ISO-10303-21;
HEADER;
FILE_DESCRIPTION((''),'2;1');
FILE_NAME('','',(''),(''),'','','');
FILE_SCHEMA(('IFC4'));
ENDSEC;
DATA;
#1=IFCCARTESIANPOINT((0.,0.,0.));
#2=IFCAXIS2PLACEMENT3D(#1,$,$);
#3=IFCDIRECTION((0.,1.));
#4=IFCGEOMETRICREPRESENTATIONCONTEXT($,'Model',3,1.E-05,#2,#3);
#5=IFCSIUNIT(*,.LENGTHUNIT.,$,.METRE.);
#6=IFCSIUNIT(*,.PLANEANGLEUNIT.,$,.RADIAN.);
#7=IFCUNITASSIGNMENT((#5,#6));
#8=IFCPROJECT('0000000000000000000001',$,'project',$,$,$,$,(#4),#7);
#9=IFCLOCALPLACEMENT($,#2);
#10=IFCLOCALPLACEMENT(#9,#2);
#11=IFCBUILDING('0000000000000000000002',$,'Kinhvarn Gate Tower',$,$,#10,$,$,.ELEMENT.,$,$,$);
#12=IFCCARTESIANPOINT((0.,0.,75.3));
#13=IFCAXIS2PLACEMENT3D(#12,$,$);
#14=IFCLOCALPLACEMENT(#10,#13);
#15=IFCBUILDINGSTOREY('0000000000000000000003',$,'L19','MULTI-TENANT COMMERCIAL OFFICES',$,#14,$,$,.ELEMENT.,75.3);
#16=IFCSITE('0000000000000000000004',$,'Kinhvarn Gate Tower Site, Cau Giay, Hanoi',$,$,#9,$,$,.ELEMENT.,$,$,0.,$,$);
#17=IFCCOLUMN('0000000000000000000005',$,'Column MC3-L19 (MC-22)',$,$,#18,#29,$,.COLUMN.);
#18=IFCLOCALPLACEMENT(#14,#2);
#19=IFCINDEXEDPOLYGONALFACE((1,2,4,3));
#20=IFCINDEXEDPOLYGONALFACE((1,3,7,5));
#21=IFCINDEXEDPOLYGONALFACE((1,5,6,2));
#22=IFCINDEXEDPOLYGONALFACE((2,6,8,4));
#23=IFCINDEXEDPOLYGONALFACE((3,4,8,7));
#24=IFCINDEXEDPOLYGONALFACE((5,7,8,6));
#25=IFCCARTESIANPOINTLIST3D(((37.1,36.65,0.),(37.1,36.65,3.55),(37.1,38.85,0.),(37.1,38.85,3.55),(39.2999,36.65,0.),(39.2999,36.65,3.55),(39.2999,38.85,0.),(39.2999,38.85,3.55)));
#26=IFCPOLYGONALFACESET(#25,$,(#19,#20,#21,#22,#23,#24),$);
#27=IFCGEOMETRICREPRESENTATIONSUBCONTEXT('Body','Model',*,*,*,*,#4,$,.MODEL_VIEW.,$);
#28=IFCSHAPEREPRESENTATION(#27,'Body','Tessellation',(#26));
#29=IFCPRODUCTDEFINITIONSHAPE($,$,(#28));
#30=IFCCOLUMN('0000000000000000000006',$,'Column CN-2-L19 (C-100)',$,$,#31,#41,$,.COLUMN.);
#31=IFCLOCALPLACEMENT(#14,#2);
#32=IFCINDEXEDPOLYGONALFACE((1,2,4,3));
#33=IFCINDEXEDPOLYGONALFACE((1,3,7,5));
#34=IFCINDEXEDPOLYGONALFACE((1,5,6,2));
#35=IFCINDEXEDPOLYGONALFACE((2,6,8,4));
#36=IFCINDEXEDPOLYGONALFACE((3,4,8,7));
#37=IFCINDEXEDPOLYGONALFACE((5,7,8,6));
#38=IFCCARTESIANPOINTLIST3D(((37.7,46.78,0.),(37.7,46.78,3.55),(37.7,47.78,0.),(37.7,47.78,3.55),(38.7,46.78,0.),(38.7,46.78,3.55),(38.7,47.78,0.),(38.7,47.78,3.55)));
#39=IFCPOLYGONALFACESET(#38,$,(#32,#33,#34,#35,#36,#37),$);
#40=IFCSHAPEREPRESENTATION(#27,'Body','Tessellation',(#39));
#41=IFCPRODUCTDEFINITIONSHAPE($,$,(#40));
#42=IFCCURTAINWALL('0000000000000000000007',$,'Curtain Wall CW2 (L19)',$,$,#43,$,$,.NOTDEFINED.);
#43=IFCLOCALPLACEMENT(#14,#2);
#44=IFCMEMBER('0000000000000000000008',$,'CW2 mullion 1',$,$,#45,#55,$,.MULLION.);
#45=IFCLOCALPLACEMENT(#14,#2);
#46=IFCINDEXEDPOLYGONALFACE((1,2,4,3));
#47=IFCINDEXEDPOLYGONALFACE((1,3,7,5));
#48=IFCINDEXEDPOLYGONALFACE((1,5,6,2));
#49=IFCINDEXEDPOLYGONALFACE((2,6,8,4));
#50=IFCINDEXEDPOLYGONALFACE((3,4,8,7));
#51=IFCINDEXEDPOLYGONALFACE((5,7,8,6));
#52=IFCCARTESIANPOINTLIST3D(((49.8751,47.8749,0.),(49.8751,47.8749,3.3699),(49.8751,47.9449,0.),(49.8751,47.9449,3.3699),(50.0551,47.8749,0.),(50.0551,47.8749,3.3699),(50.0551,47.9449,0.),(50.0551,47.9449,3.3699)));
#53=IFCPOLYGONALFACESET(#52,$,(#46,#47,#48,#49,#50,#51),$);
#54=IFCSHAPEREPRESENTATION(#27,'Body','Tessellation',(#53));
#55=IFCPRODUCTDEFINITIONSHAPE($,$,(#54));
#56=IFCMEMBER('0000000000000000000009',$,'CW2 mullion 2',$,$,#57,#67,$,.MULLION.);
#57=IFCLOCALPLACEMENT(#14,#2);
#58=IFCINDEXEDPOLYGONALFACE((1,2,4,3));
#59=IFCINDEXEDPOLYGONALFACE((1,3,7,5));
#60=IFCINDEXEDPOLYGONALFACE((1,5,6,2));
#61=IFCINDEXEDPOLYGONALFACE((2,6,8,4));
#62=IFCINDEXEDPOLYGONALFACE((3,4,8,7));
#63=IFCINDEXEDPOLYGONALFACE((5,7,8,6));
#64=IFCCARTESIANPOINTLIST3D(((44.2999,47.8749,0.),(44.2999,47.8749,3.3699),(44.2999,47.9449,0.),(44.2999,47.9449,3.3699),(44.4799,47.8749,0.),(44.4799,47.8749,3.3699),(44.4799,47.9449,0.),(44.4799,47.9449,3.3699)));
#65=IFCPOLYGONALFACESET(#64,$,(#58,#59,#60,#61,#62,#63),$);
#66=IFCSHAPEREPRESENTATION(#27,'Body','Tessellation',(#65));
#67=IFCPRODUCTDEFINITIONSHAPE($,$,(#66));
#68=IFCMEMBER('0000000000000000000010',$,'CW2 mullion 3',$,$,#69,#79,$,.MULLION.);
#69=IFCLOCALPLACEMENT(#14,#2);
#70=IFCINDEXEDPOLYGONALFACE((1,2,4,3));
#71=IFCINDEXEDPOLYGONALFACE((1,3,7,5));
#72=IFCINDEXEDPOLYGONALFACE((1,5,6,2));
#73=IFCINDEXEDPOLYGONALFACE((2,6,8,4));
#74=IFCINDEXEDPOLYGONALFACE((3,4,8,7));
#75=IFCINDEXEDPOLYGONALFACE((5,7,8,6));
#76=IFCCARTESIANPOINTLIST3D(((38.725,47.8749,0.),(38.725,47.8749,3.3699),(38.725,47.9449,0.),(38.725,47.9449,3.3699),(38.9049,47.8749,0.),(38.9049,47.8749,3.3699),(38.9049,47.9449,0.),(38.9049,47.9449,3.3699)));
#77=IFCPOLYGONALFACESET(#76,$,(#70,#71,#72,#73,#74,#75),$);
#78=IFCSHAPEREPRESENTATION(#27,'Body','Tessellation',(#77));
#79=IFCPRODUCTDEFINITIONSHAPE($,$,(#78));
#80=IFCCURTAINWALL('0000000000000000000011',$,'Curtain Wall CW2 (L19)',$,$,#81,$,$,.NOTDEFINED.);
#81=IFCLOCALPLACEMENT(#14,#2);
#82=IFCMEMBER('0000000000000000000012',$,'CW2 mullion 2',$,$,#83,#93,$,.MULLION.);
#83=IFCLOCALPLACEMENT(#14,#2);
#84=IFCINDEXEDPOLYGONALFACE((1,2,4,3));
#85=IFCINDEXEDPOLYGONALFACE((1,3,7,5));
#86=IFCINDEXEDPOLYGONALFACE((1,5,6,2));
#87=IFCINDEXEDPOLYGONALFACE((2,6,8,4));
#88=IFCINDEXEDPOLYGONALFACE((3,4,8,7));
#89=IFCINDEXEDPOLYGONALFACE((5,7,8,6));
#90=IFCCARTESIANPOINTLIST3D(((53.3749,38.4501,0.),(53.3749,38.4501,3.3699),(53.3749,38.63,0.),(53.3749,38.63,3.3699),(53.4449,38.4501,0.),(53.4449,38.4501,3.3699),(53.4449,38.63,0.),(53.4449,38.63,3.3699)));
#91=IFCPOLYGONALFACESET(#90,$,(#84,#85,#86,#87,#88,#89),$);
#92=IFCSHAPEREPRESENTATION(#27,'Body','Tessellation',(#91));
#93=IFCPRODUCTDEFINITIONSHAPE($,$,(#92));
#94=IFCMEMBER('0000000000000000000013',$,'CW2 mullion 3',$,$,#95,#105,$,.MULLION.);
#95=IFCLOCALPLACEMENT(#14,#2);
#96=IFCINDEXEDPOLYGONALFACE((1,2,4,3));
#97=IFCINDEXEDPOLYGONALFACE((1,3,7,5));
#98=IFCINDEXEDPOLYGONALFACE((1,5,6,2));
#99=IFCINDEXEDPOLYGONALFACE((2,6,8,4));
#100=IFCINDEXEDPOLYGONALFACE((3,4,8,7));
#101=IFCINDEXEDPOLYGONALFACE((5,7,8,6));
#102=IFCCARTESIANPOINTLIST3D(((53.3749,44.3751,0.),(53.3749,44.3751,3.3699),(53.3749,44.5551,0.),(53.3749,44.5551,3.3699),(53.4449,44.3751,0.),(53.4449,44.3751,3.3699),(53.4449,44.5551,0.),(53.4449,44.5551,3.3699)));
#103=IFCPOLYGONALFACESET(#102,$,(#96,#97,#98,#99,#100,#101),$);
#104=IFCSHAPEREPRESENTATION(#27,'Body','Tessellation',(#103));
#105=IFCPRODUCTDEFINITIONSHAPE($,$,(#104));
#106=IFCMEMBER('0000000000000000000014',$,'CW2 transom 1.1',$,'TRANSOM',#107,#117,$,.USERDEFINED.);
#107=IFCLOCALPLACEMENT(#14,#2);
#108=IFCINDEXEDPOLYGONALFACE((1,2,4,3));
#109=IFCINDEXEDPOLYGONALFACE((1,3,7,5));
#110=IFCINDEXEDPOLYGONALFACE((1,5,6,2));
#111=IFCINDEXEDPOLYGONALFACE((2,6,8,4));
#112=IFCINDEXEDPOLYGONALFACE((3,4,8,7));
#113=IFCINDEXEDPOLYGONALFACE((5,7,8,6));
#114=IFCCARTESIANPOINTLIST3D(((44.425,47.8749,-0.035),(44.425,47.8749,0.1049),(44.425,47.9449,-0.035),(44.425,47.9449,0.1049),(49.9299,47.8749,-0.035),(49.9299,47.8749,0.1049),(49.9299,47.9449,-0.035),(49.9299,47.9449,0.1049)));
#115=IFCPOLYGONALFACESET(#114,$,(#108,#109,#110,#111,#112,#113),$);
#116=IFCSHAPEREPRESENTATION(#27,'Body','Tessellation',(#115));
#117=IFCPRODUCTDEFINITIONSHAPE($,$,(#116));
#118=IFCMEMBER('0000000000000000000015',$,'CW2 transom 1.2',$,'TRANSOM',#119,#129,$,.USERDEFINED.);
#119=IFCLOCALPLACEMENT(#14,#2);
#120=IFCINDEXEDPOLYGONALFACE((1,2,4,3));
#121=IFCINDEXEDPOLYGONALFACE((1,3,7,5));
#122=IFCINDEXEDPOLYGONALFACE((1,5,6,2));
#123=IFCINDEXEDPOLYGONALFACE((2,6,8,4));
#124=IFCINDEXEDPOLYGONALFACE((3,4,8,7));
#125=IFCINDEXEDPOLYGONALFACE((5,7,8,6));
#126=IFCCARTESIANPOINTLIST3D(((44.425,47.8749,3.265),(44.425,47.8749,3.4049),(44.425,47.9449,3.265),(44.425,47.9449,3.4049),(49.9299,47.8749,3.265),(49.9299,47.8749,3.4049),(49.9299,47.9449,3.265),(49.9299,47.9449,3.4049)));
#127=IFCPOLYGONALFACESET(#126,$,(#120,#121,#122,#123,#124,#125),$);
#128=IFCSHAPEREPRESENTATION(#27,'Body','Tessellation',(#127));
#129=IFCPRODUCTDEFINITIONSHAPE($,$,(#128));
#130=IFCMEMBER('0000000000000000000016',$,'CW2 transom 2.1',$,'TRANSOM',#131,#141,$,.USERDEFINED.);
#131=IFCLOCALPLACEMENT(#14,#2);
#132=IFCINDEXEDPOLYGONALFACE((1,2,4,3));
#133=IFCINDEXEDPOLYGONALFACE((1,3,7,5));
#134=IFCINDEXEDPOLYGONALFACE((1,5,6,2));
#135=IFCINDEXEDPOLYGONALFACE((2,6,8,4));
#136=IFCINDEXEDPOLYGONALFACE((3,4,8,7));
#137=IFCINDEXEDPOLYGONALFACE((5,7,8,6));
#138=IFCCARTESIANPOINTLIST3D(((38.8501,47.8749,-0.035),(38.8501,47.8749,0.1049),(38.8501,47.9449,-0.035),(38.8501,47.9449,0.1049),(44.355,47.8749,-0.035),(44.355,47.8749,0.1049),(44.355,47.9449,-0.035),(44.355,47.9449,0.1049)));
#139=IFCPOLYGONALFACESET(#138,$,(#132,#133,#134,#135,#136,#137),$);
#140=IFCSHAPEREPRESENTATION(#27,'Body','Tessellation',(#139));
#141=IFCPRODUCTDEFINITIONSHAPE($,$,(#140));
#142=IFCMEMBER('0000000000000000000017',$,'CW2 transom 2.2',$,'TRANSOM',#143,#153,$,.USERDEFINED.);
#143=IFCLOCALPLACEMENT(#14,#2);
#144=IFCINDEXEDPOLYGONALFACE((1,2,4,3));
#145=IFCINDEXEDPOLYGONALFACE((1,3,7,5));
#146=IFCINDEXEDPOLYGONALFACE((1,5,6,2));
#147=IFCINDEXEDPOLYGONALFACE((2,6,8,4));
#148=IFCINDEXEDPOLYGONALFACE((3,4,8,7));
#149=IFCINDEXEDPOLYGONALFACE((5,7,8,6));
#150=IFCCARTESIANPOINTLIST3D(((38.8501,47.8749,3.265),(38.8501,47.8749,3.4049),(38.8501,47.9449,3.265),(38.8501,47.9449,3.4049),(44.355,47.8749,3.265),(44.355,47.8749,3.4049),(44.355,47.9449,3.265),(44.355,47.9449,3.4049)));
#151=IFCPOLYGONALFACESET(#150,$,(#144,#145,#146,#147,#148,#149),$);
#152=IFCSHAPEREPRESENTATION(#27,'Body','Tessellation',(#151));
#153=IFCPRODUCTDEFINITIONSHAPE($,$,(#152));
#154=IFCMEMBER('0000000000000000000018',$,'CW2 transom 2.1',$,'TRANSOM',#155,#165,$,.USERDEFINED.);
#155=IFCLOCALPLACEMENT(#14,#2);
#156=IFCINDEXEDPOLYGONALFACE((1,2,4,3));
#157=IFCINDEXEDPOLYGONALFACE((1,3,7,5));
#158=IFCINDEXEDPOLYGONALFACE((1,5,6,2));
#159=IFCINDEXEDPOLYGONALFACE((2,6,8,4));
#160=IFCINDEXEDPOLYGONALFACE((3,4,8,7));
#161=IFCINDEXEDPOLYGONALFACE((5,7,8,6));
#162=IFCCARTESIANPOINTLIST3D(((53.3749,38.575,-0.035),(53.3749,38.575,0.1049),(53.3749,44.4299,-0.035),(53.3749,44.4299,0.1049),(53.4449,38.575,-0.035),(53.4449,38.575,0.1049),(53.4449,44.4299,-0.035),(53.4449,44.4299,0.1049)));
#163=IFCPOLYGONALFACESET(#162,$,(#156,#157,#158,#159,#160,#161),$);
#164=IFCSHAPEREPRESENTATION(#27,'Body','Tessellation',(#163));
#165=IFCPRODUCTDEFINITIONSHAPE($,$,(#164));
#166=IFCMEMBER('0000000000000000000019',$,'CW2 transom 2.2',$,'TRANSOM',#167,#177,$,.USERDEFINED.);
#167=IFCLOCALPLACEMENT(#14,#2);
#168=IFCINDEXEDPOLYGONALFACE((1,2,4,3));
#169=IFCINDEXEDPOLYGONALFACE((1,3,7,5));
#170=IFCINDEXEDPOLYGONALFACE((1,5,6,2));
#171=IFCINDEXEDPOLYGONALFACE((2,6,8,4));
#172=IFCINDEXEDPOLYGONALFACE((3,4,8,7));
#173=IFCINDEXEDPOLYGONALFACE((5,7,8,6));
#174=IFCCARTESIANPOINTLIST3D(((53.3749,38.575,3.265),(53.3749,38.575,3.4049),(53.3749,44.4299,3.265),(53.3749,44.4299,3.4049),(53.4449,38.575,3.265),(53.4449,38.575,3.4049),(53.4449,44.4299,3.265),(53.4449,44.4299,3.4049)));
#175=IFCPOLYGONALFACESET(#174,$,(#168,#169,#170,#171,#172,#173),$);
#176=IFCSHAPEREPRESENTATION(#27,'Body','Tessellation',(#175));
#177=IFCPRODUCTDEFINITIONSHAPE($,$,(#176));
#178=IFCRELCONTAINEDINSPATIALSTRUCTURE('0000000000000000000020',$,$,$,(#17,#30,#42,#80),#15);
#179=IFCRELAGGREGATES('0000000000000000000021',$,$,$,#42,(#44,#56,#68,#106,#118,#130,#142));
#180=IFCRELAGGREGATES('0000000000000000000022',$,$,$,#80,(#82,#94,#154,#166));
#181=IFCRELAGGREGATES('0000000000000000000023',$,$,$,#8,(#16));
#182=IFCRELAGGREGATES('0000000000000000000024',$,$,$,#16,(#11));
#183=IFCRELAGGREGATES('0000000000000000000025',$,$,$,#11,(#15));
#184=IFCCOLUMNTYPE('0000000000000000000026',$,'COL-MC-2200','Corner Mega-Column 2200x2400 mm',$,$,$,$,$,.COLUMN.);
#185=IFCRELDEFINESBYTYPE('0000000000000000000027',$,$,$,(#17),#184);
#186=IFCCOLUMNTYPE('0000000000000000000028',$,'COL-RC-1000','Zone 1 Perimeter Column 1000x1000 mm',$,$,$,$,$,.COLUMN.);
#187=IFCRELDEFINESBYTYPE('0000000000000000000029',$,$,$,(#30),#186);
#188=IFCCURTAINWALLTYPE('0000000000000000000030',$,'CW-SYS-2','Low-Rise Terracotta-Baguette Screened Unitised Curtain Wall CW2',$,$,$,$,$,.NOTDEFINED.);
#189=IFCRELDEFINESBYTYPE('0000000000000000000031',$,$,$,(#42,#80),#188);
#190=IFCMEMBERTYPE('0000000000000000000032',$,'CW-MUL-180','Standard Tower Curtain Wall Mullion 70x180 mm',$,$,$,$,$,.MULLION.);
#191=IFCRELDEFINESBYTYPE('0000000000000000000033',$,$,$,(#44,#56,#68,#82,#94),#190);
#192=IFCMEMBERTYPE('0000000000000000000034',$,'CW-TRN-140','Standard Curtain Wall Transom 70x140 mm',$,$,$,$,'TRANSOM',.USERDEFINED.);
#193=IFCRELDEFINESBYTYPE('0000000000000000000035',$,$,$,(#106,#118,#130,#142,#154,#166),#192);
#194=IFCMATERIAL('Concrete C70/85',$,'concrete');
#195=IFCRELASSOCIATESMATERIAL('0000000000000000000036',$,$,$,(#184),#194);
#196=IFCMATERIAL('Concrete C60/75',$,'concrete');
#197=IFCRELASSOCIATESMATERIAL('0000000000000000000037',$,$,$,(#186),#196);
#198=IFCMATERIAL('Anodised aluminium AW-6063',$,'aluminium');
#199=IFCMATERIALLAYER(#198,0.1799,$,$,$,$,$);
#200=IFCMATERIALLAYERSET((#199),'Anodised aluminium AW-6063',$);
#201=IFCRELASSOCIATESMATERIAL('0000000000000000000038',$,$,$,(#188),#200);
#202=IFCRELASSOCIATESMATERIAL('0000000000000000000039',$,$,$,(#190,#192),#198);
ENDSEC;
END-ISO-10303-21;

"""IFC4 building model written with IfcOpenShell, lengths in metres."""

from ifc_helpers import new_model, si_unit, direction, frame, origin, origin_2d, place, context, subcontext, project, spatial, rectangle, extrude, material, layer, layer_set, material_profile, profile_set, type_object, element, aggregate, save


model = new_model("IFC4")

# Units and contexts
model_context = context("Model", 3, precision=1e-05, world=origin(), true_north=direction((0.0, 1.0)))
body_context = subcontext(model_context, "Body", "Model", "MODEL_VIEW")
ifc_project = project(units=[si_unit("LENGTHUNIT", "METRE"), si_unit("PLANEANGLEUNIT", "RADIAN")], contexts=[model_context])

# Site, building, storey
site_placement = place(None, origin())
site = spatial("IfcSite", under=ifc_project, at=site_placement, Name="Kinhvarn Gate Tower Site, Cau Giay, Hanoi", CompositionType="ELEMENT", RefElevation=0.0)
building_placement = place(site_placement, origin())
building = spatial("IfcBuilding", under=site, at=building_placement, Name="Kinhvarn Gate Tower", CompositionType="ELEMENT")
storey_placement = place(building_placement, frame((0.0, 0.0, 75.3)))
storey = spatial("IfcBuildingStorey", under=building, at=storey_placement, Name="L19", Description="MULTI-TENANT COMMERCIAL OFFICES", CompositionType="ELEMENT", Elevation=75.3)

# Columns
ifc_material_1 = material(Name="Concrete C70/85", Category="concrete")
ifc_material_profile_1 = material_profile(ifc_material_1, rectangle(XDim=2.2, YDim=2.2, at=origin_2d()), Name="RC 2200x2200")
ifc_profile_set_1 = profile_set([ifc_material_profile_1], Name="Concrete C70/85")
column_type_1 = type_object("IfcColumnType", Name="COL-MC-2200", Description="Corner Mega-Column 2200x2400 mm", PredefinedType="COLUMN", material=ifc_profile_set_1)
column_1_placement = place(storey_placement, frame((38.2, 37.75, 0.0), z_axis=(0.0, 0.0, 1.0), x_axis=(1.0, 0.0, 0.0)))
element("IfcColumn", 1, at=column_1_placement, inside=storey, type_object=column_type_1, Name="Column MC3-L19 (MC-22)", PredefinedType="COLUMN", context=body_context, shape_type="SweptSolid", body=[
    extrude(rectangle(XDim=2.2, YDim=2.2, at=origin_2d()), origin(), (0.0, 0.0, 1.0), 3.55),
])
ifc_material_2 = material(Name="Concrete C60/75", Category="concrete")
ifc_material_profile_2 = material_profile(ifc_material_2, rectangle(XDim=1.0, YDim=1.0, at=origin_2d()), Name="RC 1000x1000")
ifc_profile_set_2 = profile_set([ifc_material_profile_2], Name="Concrete C60/75")
column_type_2 = type_object("IfcColumnType", Name="COL-RC-1000", Description="Zone 1 Perimeter Column 1000x1000 mm", PredefinedType="COLUMN", material=ifc_profile_set_2)
column_2_placement = place(storey_placement, frame((38.2, 47.28, 0.0), z_axis=(0.0, 0.0, 1.0), x_axis=(1.0, 0.0, 0.0)))
element("IfcColumn", 2, at=column_2_placement, inside=storey, type_object=column_type_2, Name="Column CN-2-L19 (C-100)", PredefinedType="COLUMN", context=body_context, shape_type="SweptSolid", body=[
    extrude(rectangle(XDim=1.0, YDim=1.0, at=origin_2d()), origin(), (0.0, 0.0, 1.0), 3.55),
])

# Curtain walls, members
ifc_material_3 = material(Name="Anodised aluminium AW-6063", Category="aluminium")
ifc_layer_1 = layer(ifc_material_3, 0.1799)
ifc_layer_set_1 = layer_set([ifc_layer_1], Name="Anodised aluminium AW-6063")
curtain_wall_type = type_object("IfcCurtainWallType", Name="CW-SYS-2", Description="Low-Rise Terracotta-Baguette Screened Unitised Curtain Wall CW2", PredefinedType="NOTDEFINED", material=ifc_layer_set_1)
curtain_wall_1_placement = place(storey_placement, origin())
curtain_wall_1 = element("IfcCurtainWall", 3, at=curtain_wall_1_placement, inside=storey, type_object=curtain_wall_type, Name="Curtain Wall CW2 (L19)", PredefinedType="NOTDEFINED")
ifc_material_profile_3 = material_profile(ifc_material_3, rectangle(XDim=0.0701, YDim=0.1799, at=origin_2d()), Name="ALU 70x180")
ifc_profile_set_3 = profile_set([ifc_material_profile_3], Name="Anodised aluminium AW-6063")
member_type_1 = type_object("IfcMemberType", Name="CW-MUL-180", Description="Standard Tower Curtain Wall Mullion 70x180 mm", PredefinedType="MULLION", material=ifc_profile_set_3)
member_1_placement = place(storey_placement, frame((49.9651, 47.9099, 0.0), z_axis=(0.0, 0.0, 1.0), x_axis=(0.0, -1.0, 0.0)))
member_1 = element("IfcMember", 4, at=member_1_placement, type_object=member_type_1, Name="CW2 mullion 1", PredefinedType="MULLION", context=body_context, shape_type="SweptSolid", body=[
    extrude(rectangle(XDim=0.0701, YDim=0.1799, at=origin_2d()), origin(), (0.0, 0.0, 1.0), 3.3699),
])
member_2_placement = place(storey_placement, frame((44.3899, 47.9099, 0.0), z_axis=(0.0, 0.0, 1.0), x_axis=(0.0, -1.0, 0.0)))
member_2 = element("IfcMember", 5, at=member_2_placement, type_object=member_type_1, Name="CW2 mullion 2", PredefinedType="MULLION", context=body_context, shape_type="SweptSolid", body=[
    extrude(rectangle(XDim=0.0701, YDim=0.1799, at=origin_2d()), origin(), (0.0, 0.0, 1.0), 3.3699),
])
member_3_placement = place(storey_placement, frame((38.8149, 47.9099, 0.0), z_axis=(0.0, 0.0, 1.0), x_axis=(0.0, -1.0, 0.0)))
member_3 = element("IfcMember", 6, at=member_3_placement, type_object=member_type_1, Name="CW2 mullion 3", PredefinedType="MULLION", context=body_context, shape_type="SweptSolid", body=[
    extrude(rectangle(XDim=0.0701, YDim=0.1799, at=origin_2d()), origin(), (0.0, 0.0, 1.0), 3.3699),
])
curtain_wall_2_placement = place(storey_placement, origin())
curtain_wall_2 = element("IfcCurtainWall", 7, at=curtain_wall_2_placement, inside=storey, type_object=curtain_wall_type, Name="Curtain Wall CW2 (L19)", PredefinedType="NOTDEFINED")
member_4_placement = place(storey_placement, frame((53.4099, 38.54, 0.0), z_axis=(0.0, 0.0, 1.0), x_axis=(-1.0, 0.0, 0.0)))
member_4 = element("IfcMember", 8, at=member_4_placement, type_object=member_type_1, Name="CW2 mullion 2", PredefinedType="MULLION", context=body_context, shape_type="SweptSolid", body=[
    extrude(rectangle(XDim=0.0701, YDim=0.1799, at=origin_2d()), origin(), (0.0, 0.0, 1.0), 3.3699),
])
member_5_placement = place(storey_placement, frame((53.4099, 44.4651, 0.0), z_axis=(0.0, 0.0, 1.0), x_axis=(-1.0, 0.0, 0.0)))
member_5 = element("IfcMember", 9, at=member_5_placement, type_object=member_type_1, Name="CW2 mullion 3", PredefinedType="MULLION", context=body_context, shape_type="SweptSolid", body=[
    extrude(rectangle(XDim=0.0701, YDim=0.1799, at=origin_2d()), origin(), (0.0, 0.0, 1.0), 3.3699),
])

# Members
ifc_material_profile_4 = material_profile(ifc_material_3, rectangle(XDim=0.0701, YDim=0.1399, at=origin_2d()), Name="ALU 70x140")
ifc_profile_set_4 = profile_set([ifc_material_profile_4], Name="Anodised aluminium AW-6063")
member_type_2 = type_object("IfcMemberType", Name="CW-TRN-140", Description="Standard Curtain Wall Transom 70x140 mm", ElementType="TRANSOM", PredefinedType="USERDEFINED", material=ifc_profile_set_4)
member_6_placement = place(storey_placement, frame((49.9299, 47.9099, 0.0349), z_axis=(-1.0, 0.0, 0.0), x_axis=(0.0, -1.0, 0.0)))
member_6 = element("IfcMember", 10, at=member_6_placement, type_object=member_type_2, Name="CW2 transom 1.1", ObjectType="TRANSOM", PredefinedType="USERDEFINED", context=body_context, shape_type="SweptSolid", body=[
    extrude(rectangle(XDim=0.0701, YDim=0.1399, at=origin_2d()), origin(), (0.0, 0.0, 1.0), 5.5049),
])
member_7_placement = place(storey_placement, frame((49.9299, 47.9099, 3.335), z_axis=(-1.0, 0.0, 0.0), x_axis=(0.0, -1.0, 0.0)))
member_7 = element("IfcMember", 11, at=member_7_placement, type_object=member_type_2, Name="CW2 transom 1.2", ObjectType="TRANSOM", PredefinedType="USERDEFINED", context=body_context, shape_type="SweptSolid", body=[
    extrude(rectangle(XDim=0.0701, YDim=0.1399, at=origin_2d()), origin(), (0.0, 0.0, 1.0), 5.5049),
])
member_8_placement = place(storey_placement, frame((44.355, 47.9099, 0.0349), z_axis=(-1.0, 0.0, 0.0), x_axis=(0.0, -1.0, 0.0)))
member_8 = element("IfcMember", 12, at=member_8_placement, type_object=member_type_2, Name="CW2 transom 2.1", ObjectType="TRANSOM", PredefinedType="USERDEFINED", context=body_context, shape_type="SweptSolid", body=[
    extrude(rectangle(XDim=0.0701, YDim=0.1399, at=origin_2d()), origin(), (0.0, 0.0, 1.0), 5.5049),
])
member_9_placement = place(storey_placement, frame((44.355, 47.9099, 3.335), z_axis=(-1.0, 0.0, 0.0), x_axis=(0.0, -1.0, 0.0)))
member_9 = element("IfcMember", 13, at=member_9_placement, type_object=member_type_2, Name="CW2 transom 2.2", ObjectType="TRANSOM", PredefinedType="USERDEFINED", context=body_context, shape_type="SweptSolid", body=[
    extrude(rectangle(XDim=0.0701, YDim=0.1399, at=origin_2d()), origin(), (0.0, 0.0, 1.0), 5.5049),
])
member_10_placement = place(storey_placement, frame((53.4099, 38.575, 0.0349), z_axis=(0.0, 1.0, 0.0), x_axis=(-1.0, 0.0, 0.0)))
member_10 = element("IfcMember", 14, at=member_10_placement, type_object=member_type_2, Name="CW2 transom 2.1", ObjectType="TRANSOM", PredefinedType="USERDEFINED", context=body_context, shape_type="SweptSolid", body=[
    extrude(rectangle(XDim=0.0701, YDim=0.1399, at=origin_2d()), origin(), (0.0, 0.0, 1.0), 5.855),
])
member_11_placement = place(storey_placement, frame((53.4099, 38.575, 3.335), z_axis=(0.0, 1.0, 0.0), x_axis=(-1.0, 0.0, 0.0)))
member_11 = element("IfcMember", 15, at=member_11_placement, type_object=member_type_2, Name="CW2 transom 2.2", ObjectType="TRANSOM", PredefinedType="USERDEFINED", context=body_context, shape_type="SweptSolid", body=[
    extrude(rectangle(XDim=0.0701, YDim=0.1399, at=origin_2d()), origin(), (0.0, 0.0, 1.0), 5.855),
])

aggregate(curtain_wall_1, [member_1, member_2, member_3, member_6, member_7, member_8, member_9])
aggregate(curtain_wall_2, [member_4, member_5, member_10, member_11])

save(model, "model.ifc")
